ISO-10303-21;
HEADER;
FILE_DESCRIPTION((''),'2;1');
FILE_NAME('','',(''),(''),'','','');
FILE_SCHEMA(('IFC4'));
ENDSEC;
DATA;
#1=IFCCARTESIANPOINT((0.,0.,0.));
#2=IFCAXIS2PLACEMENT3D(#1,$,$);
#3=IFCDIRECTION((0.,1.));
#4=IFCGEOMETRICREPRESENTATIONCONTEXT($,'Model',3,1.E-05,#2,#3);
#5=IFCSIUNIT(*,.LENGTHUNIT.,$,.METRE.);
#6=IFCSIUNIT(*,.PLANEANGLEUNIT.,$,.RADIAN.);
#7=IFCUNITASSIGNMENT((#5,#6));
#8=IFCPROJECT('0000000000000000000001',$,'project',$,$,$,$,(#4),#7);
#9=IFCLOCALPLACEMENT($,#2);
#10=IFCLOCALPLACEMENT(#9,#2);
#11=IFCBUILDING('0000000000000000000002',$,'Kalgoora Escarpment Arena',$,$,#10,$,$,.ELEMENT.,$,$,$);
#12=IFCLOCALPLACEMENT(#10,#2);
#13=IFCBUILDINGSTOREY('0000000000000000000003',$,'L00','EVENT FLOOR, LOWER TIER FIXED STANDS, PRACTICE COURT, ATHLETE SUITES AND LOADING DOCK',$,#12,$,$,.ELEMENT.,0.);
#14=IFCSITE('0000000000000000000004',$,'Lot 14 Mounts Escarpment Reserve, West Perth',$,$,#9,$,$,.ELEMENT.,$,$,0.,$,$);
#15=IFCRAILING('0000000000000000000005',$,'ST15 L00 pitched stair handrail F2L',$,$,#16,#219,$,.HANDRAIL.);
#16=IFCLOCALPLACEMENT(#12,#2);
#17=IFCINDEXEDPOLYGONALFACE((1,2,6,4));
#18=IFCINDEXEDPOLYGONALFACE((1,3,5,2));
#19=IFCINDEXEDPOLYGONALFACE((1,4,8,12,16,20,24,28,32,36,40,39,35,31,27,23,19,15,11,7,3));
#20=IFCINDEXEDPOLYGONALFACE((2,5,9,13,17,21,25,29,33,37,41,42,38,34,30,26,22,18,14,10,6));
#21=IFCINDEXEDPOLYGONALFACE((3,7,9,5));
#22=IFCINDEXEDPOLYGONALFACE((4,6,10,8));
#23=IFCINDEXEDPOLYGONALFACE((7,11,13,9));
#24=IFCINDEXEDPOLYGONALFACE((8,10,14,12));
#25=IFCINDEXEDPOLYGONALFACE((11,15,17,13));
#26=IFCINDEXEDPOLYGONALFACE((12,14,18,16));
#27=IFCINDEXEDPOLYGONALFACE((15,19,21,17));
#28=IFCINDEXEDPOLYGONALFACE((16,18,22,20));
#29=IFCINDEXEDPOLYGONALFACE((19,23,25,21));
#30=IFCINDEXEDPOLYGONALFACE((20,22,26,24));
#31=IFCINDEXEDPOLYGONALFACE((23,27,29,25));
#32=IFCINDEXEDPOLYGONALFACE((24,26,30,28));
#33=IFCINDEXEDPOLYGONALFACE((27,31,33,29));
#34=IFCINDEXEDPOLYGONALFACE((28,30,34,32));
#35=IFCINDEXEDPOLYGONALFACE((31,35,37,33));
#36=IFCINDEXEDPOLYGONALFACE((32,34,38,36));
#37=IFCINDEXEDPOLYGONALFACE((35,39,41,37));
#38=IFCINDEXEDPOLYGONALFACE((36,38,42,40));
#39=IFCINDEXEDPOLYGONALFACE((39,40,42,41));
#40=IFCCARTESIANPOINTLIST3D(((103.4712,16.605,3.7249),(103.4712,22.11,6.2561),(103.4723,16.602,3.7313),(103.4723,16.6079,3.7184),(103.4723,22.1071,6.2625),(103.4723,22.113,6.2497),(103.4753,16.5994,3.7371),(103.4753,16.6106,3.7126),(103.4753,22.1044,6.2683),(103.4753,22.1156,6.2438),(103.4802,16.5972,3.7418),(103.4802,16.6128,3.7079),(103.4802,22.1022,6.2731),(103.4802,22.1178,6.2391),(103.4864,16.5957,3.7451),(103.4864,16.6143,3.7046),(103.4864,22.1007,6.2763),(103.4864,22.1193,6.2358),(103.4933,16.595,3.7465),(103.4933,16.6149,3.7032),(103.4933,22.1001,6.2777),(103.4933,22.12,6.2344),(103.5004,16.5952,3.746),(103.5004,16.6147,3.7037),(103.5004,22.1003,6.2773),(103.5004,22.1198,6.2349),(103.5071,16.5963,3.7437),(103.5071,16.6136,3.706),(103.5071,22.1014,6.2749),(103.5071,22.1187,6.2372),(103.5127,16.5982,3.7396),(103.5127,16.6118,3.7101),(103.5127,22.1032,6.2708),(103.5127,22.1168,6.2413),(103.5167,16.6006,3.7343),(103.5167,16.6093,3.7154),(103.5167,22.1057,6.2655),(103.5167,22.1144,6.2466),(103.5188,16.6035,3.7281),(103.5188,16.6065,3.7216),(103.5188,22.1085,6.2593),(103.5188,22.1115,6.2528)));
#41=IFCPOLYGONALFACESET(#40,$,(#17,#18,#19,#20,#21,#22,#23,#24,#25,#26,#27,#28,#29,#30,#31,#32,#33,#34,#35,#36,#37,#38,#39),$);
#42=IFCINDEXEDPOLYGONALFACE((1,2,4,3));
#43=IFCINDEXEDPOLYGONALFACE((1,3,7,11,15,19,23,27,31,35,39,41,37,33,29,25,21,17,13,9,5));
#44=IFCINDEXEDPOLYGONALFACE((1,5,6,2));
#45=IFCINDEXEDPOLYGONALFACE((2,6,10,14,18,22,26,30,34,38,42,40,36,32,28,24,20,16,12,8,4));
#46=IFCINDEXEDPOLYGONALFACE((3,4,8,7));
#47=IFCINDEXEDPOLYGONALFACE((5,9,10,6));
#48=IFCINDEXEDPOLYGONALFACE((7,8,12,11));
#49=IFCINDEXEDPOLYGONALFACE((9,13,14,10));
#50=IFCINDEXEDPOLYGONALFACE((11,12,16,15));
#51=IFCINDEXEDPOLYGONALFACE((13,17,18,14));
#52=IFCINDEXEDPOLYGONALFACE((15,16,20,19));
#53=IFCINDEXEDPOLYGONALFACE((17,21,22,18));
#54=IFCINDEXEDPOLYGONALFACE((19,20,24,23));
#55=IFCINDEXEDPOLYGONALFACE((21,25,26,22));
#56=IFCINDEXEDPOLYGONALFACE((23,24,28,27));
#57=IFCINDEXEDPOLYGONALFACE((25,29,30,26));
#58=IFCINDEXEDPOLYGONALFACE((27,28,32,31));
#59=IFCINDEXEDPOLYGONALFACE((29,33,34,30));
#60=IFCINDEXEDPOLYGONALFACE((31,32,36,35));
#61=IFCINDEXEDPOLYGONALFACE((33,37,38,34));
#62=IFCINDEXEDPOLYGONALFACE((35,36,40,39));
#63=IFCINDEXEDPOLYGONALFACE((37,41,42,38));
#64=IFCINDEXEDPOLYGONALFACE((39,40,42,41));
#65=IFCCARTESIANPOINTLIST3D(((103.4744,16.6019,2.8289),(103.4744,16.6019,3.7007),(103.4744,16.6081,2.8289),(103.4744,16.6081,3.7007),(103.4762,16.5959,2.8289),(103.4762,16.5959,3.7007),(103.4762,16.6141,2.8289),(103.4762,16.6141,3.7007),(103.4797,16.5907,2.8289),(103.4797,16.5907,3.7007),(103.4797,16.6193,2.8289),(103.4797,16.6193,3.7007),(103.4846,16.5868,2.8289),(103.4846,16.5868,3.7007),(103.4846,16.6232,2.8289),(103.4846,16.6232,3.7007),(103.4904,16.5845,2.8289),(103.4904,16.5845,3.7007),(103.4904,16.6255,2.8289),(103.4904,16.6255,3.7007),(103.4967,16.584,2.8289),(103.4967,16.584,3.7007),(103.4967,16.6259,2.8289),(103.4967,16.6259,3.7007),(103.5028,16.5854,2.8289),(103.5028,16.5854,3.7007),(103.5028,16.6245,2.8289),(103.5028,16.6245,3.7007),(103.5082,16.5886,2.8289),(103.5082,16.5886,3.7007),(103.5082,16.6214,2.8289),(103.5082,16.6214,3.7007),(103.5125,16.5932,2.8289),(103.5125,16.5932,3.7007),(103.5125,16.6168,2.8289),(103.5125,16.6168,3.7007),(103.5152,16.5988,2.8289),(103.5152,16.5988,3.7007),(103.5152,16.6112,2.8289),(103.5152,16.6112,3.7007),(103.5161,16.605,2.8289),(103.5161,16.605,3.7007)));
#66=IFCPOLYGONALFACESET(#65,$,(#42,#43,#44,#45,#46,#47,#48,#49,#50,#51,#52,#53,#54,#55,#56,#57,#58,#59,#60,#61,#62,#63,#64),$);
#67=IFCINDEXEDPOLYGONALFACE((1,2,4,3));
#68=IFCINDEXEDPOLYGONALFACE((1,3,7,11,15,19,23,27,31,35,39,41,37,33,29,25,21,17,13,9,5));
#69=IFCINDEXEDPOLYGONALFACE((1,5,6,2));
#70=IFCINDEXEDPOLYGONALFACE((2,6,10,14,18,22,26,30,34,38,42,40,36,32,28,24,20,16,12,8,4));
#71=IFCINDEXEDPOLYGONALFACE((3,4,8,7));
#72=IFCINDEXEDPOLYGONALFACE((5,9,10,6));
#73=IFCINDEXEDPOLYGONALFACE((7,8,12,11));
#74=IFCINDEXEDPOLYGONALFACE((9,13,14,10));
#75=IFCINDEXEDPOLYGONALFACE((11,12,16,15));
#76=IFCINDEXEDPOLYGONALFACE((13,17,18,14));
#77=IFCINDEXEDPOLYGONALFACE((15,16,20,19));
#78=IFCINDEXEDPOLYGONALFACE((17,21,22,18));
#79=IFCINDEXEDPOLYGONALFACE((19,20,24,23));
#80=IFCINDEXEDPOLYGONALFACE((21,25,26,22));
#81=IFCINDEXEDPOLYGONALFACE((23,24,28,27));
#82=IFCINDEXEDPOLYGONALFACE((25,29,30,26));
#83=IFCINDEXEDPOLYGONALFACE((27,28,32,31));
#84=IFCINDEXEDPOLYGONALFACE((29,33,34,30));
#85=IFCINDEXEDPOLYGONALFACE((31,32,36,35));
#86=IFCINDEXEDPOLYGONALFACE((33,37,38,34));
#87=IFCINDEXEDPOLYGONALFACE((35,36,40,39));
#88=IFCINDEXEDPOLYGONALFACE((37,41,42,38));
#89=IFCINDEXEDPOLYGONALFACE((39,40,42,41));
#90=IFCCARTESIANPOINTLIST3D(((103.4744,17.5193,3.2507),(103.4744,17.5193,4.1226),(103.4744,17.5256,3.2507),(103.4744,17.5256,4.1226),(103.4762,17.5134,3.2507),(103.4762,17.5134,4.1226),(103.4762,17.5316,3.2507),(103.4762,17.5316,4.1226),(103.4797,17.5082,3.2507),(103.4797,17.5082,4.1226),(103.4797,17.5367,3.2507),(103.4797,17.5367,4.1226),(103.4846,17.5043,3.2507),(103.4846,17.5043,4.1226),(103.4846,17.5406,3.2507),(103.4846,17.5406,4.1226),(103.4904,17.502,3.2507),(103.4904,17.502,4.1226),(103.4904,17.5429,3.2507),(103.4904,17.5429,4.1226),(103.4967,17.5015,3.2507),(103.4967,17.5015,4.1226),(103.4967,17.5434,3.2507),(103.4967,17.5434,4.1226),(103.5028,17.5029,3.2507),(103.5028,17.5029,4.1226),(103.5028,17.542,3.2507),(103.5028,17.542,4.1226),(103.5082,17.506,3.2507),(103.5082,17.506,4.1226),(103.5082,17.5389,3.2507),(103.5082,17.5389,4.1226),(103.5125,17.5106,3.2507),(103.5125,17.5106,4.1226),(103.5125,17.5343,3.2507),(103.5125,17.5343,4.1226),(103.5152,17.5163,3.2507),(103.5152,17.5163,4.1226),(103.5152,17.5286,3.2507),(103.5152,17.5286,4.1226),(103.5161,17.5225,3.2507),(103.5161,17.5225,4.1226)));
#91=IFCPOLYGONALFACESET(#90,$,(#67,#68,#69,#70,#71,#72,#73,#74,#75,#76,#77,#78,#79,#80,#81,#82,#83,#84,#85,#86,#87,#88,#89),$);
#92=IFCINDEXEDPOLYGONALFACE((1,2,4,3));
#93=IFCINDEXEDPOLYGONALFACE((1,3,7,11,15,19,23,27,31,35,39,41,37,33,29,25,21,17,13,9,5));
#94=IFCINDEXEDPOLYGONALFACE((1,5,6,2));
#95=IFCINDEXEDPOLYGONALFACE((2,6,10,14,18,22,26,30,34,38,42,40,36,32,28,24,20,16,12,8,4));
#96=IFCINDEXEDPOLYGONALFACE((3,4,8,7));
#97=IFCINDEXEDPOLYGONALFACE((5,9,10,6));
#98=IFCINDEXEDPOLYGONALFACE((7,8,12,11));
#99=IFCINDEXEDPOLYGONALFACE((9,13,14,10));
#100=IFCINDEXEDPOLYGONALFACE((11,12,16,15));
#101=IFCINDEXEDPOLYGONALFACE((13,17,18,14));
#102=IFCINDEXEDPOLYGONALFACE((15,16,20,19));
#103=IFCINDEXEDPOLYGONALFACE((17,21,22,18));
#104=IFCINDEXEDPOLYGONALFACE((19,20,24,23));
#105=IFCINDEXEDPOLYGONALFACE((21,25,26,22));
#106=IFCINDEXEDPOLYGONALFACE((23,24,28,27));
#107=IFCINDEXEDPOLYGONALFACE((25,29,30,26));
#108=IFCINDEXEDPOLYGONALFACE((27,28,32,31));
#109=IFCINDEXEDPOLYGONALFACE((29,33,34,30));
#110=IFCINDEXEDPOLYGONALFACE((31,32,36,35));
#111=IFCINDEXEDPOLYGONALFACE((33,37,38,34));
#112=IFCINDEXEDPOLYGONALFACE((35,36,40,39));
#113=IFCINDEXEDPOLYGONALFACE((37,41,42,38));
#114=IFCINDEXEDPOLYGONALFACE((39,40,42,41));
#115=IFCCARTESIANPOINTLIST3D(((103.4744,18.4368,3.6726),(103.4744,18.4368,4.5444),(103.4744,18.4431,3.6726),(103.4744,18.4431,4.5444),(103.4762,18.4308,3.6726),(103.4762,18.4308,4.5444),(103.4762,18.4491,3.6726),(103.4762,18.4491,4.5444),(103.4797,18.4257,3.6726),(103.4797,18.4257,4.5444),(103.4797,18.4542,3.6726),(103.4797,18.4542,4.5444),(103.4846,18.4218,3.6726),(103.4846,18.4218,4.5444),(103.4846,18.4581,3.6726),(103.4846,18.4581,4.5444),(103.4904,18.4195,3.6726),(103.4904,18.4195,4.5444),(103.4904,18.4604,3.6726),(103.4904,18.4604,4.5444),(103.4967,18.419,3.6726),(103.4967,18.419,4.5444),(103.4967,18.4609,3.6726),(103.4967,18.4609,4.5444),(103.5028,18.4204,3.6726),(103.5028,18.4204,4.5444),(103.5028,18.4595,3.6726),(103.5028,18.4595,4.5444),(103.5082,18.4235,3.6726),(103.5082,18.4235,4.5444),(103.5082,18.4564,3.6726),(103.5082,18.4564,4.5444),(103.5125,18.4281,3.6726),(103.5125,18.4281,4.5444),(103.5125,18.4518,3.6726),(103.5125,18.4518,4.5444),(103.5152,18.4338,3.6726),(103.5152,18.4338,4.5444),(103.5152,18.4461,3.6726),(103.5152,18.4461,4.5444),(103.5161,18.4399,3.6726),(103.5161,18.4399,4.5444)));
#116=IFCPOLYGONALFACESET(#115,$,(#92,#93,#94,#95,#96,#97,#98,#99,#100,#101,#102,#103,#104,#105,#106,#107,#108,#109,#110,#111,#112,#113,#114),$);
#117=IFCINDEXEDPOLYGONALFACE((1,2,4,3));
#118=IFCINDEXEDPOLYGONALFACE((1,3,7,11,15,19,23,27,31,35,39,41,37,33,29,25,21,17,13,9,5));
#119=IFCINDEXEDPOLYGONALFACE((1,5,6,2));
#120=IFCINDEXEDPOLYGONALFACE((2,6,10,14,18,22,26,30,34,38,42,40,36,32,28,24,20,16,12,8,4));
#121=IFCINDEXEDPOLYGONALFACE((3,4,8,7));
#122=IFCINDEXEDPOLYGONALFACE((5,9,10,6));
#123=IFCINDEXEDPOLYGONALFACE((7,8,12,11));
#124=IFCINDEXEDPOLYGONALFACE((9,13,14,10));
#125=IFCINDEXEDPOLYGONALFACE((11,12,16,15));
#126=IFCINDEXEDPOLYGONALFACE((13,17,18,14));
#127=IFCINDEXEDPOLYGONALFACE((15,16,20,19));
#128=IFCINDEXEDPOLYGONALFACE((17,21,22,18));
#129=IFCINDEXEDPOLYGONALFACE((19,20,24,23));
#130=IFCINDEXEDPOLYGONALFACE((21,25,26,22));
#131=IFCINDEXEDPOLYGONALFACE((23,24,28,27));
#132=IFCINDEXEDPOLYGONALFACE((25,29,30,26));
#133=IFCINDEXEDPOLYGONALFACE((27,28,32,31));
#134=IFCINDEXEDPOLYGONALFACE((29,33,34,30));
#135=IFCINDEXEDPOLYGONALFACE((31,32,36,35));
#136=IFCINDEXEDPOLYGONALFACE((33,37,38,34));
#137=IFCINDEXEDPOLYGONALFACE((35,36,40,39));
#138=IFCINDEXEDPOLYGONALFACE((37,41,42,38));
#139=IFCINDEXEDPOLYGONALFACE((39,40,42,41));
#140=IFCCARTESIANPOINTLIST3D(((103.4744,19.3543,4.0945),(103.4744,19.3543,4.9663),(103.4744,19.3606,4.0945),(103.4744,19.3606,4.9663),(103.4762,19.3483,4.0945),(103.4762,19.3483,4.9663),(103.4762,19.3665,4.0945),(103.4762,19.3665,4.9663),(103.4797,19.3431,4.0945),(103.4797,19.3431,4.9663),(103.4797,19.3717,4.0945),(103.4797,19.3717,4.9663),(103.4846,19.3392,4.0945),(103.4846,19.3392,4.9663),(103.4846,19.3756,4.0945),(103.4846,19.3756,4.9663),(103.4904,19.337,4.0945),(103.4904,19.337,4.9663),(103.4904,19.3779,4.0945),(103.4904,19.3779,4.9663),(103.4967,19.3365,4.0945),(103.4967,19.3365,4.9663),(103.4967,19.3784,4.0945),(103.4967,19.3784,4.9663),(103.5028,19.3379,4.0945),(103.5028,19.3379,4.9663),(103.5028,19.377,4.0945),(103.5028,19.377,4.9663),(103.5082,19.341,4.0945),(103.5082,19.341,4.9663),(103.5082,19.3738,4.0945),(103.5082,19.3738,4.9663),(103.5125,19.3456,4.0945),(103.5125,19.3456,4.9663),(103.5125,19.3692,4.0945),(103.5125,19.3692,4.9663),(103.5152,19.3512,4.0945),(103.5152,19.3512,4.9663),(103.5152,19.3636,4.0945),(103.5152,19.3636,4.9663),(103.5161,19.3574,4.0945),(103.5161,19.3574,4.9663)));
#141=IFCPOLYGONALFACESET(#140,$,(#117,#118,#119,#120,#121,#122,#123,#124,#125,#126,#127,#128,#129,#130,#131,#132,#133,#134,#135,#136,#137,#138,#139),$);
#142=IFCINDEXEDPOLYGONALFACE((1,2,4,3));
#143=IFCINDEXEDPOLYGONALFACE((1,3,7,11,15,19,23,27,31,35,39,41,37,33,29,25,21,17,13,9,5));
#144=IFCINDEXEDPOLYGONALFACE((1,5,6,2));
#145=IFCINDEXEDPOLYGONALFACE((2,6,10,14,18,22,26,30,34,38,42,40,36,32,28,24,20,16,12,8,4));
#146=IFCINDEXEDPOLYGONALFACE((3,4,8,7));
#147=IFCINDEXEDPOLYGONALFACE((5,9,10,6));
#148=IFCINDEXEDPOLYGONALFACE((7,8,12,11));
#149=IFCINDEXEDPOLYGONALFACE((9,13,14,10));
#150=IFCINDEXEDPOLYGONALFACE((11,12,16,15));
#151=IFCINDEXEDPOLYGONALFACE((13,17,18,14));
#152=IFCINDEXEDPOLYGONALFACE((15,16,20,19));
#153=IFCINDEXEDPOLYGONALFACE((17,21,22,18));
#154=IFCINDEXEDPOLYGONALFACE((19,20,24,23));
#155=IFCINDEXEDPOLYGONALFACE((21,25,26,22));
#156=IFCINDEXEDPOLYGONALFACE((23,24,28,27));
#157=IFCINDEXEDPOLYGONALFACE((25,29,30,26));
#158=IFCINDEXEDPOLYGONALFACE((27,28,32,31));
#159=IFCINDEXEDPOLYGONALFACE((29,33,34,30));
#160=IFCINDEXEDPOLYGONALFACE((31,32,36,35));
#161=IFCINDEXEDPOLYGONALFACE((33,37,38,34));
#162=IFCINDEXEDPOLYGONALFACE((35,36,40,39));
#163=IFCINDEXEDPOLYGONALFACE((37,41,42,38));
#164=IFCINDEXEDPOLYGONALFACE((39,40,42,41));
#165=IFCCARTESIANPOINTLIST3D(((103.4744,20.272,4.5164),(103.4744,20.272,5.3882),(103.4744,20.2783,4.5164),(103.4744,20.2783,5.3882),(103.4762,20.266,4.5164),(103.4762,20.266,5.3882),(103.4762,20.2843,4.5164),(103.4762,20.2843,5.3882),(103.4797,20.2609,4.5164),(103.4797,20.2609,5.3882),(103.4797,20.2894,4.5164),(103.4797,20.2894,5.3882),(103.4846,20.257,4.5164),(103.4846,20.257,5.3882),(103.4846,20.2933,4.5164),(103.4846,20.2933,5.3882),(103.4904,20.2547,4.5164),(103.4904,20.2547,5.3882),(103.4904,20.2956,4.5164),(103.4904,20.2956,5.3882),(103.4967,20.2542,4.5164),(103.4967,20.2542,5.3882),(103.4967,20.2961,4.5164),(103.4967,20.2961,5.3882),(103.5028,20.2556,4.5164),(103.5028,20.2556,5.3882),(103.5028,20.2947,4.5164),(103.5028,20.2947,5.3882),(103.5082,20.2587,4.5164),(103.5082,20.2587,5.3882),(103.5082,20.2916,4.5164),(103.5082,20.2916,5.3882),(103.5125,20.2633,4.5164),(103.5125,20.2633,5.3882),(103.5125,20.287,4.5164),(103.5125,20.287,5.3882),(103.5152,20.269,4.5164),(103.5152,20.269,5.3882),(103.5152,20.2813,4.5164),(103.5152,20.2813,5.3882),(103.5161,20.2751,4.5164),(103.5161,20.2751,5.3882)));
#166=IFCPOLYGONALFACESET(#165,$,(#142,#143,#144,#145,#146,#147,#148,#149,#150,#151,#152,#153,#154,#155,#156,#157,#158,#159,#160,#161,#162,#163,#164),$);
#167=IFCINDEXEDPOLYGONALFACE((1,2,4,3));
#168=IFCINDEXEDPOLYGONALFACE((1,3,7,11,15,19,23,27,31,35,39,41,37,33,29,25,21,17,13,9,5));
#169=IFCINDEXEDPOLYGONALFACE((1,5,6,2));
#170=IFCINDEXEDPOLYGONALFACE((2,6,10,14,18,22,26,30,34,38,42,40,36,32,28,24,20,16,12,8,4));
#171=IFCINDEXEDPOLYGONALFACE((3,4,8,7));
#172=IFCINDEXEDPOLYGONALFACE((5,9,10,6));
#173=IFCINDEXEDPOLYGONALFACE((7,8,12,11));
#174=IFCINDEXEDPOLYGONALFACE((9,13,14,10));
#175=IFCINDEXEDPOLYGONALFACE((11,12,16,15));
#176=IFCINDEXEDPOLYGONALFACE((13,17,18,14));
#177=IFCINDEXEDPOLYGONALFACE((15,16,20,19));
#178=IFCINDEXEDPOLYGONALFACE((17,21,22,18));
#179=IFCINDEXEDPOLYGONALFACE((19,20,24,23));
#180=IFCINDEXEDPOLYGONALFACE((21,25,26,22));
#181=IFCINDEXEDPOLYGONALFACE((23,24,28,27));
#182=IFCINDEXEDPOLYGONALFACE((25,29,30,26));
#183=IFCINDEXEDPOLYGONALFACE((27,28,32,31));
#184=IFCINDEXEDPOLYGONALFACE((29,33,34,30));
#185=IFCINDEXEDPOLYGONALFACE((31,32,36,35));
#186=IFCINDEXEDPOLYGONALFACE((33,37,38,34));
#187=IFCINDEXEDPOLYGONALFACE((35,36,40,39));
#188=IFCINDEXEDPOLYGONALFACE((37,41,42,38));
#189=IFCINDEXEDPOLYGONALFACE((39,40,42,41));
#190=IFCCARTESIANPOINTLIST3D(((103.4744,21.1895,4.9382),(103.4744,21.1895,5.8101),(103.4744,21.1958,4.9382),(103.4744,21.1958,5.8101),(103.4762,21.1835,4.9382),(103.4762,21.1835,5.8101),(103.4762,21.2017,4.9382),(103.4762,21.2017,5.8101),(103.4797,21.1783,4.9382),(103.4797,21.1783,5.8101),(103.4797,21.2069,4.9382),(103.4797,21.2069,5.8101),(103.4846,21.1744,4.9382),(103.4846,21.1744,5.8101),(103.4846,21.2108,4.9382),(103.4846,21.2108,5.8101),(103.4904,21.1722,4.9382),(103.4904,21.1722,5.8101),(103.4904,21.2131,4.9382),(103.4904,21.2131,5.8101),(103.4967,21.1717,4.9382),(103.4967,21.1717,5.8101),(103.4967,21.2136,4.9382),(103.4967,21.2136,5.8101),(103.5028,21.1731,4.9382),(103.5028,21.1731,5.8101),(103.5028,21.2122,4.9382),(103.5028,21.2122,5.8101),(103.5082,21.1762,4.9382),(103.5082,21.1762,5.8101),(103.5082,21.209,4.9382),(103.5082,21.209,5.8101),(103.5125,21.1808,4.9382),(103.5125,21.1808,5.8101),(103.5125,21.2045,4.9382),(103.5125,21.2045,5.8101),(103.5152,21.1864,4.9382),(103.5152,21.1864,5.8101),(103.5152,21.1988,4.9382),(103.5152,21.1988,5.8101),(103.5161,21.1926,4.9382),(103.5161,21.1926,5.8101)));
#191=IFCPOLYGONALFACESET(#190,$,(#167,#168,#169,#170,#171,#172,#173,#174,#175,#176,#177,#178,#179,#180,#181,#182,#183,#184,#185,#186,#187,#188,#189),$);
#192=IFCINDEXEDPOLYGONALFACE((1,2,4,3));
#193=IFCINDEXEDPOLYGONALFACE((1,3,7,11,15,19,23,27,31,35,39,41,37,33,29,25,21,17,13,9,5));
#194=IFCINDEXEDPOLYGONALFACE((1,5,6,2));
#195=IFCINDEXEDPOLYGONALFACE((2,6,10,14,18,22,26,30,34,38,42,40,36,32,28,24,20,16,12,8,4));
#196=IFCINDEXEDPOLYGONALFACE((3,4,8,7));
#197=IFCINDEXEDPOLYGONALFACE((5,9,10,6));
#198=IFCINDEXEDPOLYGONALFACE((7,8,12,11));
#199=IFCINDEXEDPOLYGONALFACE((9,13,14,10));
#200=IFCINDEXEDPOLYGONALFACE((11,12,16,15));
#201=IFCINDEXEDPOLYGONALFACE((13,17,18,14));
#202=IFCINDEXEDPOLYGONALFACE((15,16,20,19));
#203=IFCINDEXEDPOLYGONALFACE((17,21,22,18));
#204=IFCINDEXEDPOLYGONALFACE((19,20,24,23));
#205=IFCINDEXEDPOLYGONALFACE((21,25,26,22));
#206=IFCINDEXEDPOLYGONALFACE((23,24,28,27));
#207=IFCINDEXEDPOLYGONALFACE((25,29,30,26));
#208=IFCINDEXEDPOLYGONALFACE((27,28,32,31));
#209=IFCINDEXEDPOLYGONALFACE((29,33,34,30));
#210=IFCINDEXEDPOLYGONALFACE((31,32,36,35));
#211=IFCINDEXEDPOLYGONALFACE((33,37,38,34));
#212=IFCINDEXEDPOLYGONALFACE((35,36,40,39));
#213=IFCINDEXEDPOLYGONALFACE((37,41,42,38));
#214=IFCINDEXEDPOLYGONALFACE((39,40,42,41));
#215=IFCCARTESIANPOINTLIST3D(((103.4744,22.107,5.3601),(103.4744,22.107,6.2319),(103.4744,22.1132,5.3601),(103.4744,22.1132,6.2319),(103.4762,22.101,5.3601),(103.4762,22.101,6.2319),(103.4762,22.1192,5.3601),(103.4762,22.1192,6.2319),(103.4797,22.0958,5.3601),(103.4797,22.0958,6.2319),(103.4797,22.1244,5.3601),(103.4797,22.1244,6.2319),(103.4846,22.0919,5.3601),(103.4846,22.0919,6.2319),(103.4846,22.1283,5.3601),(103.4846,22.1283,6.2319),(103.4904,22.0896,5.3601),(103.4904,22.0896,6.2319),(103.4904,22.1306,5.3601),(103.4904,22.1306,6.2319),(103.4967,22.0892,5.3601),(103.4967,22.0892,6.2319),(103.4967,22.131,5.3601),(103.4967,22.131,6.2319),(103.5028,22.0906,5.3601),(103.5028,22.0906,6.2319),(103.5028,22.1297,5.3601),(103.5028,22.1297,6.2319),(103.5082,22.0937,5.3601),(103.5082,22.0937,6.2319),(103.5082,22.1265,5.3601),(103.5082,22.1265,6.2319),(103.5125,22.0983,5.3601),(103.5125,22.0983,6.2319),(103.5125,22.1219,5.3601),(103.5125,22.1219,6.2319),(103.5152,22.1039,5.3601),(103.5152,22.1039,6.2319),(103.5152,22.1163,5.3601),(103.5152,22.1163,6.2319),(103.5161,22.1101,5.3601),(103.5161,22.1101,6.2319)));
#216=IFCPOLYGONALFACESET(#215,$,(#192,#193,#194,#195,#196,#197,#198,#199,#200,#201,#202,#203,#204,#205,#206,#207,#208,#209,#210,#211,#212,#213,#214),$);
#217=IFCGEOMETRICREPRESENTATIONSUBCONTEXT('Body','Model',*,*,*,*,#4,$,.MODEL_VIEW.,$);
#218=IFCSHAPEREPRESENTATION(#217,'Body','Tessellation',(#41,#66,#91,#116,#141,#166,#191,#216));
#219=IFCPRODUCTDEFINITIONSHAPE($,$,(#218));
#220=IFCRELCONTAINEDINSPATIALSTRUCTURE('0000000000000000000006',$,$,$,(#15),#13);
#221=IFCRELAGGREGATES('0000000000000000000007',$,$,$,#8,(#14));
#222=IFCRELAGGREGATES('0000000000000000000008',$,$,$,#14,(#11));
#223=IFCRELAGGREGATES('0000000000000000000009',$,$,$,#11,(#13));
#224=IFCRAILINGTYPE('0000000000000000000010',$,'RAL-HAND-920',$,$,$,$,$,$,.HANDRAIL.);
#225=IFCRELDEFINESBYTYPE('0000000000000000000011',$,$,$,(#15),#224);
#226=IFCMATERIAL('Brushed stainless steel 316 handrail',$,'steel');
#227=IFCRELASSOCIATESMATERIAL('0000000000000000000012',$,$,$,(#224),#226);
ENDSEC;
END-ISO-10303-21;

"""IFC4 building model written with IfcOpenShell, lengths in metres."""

from ifc_helpers import new_model, si_unit, direction, frame, origin, origin_2d, place, context, subcontext, project, spatial, circle, extrude, material, type_object, element, save


model = new_model("IFC4")

# Units and contexts
model_context = context("Model", 3, precision=1e-05, world=origin(), true_north=direction((0.0, 1.0)))
body_context = subcontext(model_context, "Body", "Model", "MODEL_VIEW")
ifc_project = project(units=[si_unit("LENGTHUNIT", "METRE"), si_unit("PLANEANGLEUNIT", "RADIAN")], contexts=[model_context])

# Site, building, storey
site_placement = place(None, origin())
site = spatial("IfcSite", under=ifc_project, at=site_placement, Name="Lot 14 Mounts Escarpment Reserve, West Perth", CompositionType="ELEMENT", RefElevation=0.0)
building_placement = place(site_placement, origin())
building = spatial("IfcBuilding", under=site, at=building_placement, Name="Kalgoora Escarpment Arena", CompositionType="ELEMENT")
storey_placement = place(building_placement, origin())
storey = spatial("IfcBuildingStorey", under=building, at=storey_placement, Name="L00", Description="EVENT FLOOR, LOWER TIER FIXED STANDS, PRACTICE COURT, ATHLETE SUITES AND LOADING DOCK", CompositionType="ELEMENT", Elevation=0.0)

# Railing
ifc_material_1 = material(Name="Brushed stainless steel 316 handrail", Category="steel")
railing_type_1 = type_object("IfcRailingType", Name="RAL-HAND-920", PredefinedType="HANDRAIL", material=ifc_material_1)
for number, where, name in (
    (1, (103.4951, 16.605, 2.8289), "ST15 L00 pitched stair handrail F2L"),
):
    element("IfcRailing", number, at=place(storey_placement, frame(where)), inside=storey, type_object=railing_type_1, Name=name, PredefinedType="HANDRAIL", context=body_context, shape_type="SweptSolid", body=[
        extrude(circle(Radius=0.0239, at=origin_2d()), frame((0.0, 0.0, 0.896), z_axis=(0.0, 0.90856, 0.417755), x_axis=(-1.0, 0.0, 0.0)), (0.0, 0.0, 1.0), 6.0591),
        extrude(circle(Radius=0.021, at=origin_2d()), origin(), (0.0, 0.0, 1.0), 0.8718),
        extrude(circle(Radius=0.021, at=origin_2d()), frame((0.0, 0.9175, 0.4219)), (0.0, 0.0, 1.0), 0.8718),
        extrude(circle(Radius=0.021, at=origin_2d()), frame((0.0, 1.835, 0.8438)), (0.0, 0.0, 1.0), 0.8718),
        extrude(circle(Radius=0.021, at=origin_2d()), frame((0.0, 2.7524, 1.2656)), (0.0, 0.0, 1.0), 0.8718),
        extrude(circle(Radius=0.021, at=origin_2d()), frame((0.0, 3.6702, 1.6875)), (0.0, 0.0, 1.0), 0.8718),
        extrude(circle(Radius=0.021, at=origin_2d()), frame((0.0, 4.5876, 2.1094)), (0.0, 0.0, 1.0), 0.8718),
        extrude(circle(Radius=0.021, at=origin_2d()), frame((0.0, 5.5051, 2.5312)), (0.0, 0.0, 1.0), 0.8718),
    ])

save(model, "model.ifc")
